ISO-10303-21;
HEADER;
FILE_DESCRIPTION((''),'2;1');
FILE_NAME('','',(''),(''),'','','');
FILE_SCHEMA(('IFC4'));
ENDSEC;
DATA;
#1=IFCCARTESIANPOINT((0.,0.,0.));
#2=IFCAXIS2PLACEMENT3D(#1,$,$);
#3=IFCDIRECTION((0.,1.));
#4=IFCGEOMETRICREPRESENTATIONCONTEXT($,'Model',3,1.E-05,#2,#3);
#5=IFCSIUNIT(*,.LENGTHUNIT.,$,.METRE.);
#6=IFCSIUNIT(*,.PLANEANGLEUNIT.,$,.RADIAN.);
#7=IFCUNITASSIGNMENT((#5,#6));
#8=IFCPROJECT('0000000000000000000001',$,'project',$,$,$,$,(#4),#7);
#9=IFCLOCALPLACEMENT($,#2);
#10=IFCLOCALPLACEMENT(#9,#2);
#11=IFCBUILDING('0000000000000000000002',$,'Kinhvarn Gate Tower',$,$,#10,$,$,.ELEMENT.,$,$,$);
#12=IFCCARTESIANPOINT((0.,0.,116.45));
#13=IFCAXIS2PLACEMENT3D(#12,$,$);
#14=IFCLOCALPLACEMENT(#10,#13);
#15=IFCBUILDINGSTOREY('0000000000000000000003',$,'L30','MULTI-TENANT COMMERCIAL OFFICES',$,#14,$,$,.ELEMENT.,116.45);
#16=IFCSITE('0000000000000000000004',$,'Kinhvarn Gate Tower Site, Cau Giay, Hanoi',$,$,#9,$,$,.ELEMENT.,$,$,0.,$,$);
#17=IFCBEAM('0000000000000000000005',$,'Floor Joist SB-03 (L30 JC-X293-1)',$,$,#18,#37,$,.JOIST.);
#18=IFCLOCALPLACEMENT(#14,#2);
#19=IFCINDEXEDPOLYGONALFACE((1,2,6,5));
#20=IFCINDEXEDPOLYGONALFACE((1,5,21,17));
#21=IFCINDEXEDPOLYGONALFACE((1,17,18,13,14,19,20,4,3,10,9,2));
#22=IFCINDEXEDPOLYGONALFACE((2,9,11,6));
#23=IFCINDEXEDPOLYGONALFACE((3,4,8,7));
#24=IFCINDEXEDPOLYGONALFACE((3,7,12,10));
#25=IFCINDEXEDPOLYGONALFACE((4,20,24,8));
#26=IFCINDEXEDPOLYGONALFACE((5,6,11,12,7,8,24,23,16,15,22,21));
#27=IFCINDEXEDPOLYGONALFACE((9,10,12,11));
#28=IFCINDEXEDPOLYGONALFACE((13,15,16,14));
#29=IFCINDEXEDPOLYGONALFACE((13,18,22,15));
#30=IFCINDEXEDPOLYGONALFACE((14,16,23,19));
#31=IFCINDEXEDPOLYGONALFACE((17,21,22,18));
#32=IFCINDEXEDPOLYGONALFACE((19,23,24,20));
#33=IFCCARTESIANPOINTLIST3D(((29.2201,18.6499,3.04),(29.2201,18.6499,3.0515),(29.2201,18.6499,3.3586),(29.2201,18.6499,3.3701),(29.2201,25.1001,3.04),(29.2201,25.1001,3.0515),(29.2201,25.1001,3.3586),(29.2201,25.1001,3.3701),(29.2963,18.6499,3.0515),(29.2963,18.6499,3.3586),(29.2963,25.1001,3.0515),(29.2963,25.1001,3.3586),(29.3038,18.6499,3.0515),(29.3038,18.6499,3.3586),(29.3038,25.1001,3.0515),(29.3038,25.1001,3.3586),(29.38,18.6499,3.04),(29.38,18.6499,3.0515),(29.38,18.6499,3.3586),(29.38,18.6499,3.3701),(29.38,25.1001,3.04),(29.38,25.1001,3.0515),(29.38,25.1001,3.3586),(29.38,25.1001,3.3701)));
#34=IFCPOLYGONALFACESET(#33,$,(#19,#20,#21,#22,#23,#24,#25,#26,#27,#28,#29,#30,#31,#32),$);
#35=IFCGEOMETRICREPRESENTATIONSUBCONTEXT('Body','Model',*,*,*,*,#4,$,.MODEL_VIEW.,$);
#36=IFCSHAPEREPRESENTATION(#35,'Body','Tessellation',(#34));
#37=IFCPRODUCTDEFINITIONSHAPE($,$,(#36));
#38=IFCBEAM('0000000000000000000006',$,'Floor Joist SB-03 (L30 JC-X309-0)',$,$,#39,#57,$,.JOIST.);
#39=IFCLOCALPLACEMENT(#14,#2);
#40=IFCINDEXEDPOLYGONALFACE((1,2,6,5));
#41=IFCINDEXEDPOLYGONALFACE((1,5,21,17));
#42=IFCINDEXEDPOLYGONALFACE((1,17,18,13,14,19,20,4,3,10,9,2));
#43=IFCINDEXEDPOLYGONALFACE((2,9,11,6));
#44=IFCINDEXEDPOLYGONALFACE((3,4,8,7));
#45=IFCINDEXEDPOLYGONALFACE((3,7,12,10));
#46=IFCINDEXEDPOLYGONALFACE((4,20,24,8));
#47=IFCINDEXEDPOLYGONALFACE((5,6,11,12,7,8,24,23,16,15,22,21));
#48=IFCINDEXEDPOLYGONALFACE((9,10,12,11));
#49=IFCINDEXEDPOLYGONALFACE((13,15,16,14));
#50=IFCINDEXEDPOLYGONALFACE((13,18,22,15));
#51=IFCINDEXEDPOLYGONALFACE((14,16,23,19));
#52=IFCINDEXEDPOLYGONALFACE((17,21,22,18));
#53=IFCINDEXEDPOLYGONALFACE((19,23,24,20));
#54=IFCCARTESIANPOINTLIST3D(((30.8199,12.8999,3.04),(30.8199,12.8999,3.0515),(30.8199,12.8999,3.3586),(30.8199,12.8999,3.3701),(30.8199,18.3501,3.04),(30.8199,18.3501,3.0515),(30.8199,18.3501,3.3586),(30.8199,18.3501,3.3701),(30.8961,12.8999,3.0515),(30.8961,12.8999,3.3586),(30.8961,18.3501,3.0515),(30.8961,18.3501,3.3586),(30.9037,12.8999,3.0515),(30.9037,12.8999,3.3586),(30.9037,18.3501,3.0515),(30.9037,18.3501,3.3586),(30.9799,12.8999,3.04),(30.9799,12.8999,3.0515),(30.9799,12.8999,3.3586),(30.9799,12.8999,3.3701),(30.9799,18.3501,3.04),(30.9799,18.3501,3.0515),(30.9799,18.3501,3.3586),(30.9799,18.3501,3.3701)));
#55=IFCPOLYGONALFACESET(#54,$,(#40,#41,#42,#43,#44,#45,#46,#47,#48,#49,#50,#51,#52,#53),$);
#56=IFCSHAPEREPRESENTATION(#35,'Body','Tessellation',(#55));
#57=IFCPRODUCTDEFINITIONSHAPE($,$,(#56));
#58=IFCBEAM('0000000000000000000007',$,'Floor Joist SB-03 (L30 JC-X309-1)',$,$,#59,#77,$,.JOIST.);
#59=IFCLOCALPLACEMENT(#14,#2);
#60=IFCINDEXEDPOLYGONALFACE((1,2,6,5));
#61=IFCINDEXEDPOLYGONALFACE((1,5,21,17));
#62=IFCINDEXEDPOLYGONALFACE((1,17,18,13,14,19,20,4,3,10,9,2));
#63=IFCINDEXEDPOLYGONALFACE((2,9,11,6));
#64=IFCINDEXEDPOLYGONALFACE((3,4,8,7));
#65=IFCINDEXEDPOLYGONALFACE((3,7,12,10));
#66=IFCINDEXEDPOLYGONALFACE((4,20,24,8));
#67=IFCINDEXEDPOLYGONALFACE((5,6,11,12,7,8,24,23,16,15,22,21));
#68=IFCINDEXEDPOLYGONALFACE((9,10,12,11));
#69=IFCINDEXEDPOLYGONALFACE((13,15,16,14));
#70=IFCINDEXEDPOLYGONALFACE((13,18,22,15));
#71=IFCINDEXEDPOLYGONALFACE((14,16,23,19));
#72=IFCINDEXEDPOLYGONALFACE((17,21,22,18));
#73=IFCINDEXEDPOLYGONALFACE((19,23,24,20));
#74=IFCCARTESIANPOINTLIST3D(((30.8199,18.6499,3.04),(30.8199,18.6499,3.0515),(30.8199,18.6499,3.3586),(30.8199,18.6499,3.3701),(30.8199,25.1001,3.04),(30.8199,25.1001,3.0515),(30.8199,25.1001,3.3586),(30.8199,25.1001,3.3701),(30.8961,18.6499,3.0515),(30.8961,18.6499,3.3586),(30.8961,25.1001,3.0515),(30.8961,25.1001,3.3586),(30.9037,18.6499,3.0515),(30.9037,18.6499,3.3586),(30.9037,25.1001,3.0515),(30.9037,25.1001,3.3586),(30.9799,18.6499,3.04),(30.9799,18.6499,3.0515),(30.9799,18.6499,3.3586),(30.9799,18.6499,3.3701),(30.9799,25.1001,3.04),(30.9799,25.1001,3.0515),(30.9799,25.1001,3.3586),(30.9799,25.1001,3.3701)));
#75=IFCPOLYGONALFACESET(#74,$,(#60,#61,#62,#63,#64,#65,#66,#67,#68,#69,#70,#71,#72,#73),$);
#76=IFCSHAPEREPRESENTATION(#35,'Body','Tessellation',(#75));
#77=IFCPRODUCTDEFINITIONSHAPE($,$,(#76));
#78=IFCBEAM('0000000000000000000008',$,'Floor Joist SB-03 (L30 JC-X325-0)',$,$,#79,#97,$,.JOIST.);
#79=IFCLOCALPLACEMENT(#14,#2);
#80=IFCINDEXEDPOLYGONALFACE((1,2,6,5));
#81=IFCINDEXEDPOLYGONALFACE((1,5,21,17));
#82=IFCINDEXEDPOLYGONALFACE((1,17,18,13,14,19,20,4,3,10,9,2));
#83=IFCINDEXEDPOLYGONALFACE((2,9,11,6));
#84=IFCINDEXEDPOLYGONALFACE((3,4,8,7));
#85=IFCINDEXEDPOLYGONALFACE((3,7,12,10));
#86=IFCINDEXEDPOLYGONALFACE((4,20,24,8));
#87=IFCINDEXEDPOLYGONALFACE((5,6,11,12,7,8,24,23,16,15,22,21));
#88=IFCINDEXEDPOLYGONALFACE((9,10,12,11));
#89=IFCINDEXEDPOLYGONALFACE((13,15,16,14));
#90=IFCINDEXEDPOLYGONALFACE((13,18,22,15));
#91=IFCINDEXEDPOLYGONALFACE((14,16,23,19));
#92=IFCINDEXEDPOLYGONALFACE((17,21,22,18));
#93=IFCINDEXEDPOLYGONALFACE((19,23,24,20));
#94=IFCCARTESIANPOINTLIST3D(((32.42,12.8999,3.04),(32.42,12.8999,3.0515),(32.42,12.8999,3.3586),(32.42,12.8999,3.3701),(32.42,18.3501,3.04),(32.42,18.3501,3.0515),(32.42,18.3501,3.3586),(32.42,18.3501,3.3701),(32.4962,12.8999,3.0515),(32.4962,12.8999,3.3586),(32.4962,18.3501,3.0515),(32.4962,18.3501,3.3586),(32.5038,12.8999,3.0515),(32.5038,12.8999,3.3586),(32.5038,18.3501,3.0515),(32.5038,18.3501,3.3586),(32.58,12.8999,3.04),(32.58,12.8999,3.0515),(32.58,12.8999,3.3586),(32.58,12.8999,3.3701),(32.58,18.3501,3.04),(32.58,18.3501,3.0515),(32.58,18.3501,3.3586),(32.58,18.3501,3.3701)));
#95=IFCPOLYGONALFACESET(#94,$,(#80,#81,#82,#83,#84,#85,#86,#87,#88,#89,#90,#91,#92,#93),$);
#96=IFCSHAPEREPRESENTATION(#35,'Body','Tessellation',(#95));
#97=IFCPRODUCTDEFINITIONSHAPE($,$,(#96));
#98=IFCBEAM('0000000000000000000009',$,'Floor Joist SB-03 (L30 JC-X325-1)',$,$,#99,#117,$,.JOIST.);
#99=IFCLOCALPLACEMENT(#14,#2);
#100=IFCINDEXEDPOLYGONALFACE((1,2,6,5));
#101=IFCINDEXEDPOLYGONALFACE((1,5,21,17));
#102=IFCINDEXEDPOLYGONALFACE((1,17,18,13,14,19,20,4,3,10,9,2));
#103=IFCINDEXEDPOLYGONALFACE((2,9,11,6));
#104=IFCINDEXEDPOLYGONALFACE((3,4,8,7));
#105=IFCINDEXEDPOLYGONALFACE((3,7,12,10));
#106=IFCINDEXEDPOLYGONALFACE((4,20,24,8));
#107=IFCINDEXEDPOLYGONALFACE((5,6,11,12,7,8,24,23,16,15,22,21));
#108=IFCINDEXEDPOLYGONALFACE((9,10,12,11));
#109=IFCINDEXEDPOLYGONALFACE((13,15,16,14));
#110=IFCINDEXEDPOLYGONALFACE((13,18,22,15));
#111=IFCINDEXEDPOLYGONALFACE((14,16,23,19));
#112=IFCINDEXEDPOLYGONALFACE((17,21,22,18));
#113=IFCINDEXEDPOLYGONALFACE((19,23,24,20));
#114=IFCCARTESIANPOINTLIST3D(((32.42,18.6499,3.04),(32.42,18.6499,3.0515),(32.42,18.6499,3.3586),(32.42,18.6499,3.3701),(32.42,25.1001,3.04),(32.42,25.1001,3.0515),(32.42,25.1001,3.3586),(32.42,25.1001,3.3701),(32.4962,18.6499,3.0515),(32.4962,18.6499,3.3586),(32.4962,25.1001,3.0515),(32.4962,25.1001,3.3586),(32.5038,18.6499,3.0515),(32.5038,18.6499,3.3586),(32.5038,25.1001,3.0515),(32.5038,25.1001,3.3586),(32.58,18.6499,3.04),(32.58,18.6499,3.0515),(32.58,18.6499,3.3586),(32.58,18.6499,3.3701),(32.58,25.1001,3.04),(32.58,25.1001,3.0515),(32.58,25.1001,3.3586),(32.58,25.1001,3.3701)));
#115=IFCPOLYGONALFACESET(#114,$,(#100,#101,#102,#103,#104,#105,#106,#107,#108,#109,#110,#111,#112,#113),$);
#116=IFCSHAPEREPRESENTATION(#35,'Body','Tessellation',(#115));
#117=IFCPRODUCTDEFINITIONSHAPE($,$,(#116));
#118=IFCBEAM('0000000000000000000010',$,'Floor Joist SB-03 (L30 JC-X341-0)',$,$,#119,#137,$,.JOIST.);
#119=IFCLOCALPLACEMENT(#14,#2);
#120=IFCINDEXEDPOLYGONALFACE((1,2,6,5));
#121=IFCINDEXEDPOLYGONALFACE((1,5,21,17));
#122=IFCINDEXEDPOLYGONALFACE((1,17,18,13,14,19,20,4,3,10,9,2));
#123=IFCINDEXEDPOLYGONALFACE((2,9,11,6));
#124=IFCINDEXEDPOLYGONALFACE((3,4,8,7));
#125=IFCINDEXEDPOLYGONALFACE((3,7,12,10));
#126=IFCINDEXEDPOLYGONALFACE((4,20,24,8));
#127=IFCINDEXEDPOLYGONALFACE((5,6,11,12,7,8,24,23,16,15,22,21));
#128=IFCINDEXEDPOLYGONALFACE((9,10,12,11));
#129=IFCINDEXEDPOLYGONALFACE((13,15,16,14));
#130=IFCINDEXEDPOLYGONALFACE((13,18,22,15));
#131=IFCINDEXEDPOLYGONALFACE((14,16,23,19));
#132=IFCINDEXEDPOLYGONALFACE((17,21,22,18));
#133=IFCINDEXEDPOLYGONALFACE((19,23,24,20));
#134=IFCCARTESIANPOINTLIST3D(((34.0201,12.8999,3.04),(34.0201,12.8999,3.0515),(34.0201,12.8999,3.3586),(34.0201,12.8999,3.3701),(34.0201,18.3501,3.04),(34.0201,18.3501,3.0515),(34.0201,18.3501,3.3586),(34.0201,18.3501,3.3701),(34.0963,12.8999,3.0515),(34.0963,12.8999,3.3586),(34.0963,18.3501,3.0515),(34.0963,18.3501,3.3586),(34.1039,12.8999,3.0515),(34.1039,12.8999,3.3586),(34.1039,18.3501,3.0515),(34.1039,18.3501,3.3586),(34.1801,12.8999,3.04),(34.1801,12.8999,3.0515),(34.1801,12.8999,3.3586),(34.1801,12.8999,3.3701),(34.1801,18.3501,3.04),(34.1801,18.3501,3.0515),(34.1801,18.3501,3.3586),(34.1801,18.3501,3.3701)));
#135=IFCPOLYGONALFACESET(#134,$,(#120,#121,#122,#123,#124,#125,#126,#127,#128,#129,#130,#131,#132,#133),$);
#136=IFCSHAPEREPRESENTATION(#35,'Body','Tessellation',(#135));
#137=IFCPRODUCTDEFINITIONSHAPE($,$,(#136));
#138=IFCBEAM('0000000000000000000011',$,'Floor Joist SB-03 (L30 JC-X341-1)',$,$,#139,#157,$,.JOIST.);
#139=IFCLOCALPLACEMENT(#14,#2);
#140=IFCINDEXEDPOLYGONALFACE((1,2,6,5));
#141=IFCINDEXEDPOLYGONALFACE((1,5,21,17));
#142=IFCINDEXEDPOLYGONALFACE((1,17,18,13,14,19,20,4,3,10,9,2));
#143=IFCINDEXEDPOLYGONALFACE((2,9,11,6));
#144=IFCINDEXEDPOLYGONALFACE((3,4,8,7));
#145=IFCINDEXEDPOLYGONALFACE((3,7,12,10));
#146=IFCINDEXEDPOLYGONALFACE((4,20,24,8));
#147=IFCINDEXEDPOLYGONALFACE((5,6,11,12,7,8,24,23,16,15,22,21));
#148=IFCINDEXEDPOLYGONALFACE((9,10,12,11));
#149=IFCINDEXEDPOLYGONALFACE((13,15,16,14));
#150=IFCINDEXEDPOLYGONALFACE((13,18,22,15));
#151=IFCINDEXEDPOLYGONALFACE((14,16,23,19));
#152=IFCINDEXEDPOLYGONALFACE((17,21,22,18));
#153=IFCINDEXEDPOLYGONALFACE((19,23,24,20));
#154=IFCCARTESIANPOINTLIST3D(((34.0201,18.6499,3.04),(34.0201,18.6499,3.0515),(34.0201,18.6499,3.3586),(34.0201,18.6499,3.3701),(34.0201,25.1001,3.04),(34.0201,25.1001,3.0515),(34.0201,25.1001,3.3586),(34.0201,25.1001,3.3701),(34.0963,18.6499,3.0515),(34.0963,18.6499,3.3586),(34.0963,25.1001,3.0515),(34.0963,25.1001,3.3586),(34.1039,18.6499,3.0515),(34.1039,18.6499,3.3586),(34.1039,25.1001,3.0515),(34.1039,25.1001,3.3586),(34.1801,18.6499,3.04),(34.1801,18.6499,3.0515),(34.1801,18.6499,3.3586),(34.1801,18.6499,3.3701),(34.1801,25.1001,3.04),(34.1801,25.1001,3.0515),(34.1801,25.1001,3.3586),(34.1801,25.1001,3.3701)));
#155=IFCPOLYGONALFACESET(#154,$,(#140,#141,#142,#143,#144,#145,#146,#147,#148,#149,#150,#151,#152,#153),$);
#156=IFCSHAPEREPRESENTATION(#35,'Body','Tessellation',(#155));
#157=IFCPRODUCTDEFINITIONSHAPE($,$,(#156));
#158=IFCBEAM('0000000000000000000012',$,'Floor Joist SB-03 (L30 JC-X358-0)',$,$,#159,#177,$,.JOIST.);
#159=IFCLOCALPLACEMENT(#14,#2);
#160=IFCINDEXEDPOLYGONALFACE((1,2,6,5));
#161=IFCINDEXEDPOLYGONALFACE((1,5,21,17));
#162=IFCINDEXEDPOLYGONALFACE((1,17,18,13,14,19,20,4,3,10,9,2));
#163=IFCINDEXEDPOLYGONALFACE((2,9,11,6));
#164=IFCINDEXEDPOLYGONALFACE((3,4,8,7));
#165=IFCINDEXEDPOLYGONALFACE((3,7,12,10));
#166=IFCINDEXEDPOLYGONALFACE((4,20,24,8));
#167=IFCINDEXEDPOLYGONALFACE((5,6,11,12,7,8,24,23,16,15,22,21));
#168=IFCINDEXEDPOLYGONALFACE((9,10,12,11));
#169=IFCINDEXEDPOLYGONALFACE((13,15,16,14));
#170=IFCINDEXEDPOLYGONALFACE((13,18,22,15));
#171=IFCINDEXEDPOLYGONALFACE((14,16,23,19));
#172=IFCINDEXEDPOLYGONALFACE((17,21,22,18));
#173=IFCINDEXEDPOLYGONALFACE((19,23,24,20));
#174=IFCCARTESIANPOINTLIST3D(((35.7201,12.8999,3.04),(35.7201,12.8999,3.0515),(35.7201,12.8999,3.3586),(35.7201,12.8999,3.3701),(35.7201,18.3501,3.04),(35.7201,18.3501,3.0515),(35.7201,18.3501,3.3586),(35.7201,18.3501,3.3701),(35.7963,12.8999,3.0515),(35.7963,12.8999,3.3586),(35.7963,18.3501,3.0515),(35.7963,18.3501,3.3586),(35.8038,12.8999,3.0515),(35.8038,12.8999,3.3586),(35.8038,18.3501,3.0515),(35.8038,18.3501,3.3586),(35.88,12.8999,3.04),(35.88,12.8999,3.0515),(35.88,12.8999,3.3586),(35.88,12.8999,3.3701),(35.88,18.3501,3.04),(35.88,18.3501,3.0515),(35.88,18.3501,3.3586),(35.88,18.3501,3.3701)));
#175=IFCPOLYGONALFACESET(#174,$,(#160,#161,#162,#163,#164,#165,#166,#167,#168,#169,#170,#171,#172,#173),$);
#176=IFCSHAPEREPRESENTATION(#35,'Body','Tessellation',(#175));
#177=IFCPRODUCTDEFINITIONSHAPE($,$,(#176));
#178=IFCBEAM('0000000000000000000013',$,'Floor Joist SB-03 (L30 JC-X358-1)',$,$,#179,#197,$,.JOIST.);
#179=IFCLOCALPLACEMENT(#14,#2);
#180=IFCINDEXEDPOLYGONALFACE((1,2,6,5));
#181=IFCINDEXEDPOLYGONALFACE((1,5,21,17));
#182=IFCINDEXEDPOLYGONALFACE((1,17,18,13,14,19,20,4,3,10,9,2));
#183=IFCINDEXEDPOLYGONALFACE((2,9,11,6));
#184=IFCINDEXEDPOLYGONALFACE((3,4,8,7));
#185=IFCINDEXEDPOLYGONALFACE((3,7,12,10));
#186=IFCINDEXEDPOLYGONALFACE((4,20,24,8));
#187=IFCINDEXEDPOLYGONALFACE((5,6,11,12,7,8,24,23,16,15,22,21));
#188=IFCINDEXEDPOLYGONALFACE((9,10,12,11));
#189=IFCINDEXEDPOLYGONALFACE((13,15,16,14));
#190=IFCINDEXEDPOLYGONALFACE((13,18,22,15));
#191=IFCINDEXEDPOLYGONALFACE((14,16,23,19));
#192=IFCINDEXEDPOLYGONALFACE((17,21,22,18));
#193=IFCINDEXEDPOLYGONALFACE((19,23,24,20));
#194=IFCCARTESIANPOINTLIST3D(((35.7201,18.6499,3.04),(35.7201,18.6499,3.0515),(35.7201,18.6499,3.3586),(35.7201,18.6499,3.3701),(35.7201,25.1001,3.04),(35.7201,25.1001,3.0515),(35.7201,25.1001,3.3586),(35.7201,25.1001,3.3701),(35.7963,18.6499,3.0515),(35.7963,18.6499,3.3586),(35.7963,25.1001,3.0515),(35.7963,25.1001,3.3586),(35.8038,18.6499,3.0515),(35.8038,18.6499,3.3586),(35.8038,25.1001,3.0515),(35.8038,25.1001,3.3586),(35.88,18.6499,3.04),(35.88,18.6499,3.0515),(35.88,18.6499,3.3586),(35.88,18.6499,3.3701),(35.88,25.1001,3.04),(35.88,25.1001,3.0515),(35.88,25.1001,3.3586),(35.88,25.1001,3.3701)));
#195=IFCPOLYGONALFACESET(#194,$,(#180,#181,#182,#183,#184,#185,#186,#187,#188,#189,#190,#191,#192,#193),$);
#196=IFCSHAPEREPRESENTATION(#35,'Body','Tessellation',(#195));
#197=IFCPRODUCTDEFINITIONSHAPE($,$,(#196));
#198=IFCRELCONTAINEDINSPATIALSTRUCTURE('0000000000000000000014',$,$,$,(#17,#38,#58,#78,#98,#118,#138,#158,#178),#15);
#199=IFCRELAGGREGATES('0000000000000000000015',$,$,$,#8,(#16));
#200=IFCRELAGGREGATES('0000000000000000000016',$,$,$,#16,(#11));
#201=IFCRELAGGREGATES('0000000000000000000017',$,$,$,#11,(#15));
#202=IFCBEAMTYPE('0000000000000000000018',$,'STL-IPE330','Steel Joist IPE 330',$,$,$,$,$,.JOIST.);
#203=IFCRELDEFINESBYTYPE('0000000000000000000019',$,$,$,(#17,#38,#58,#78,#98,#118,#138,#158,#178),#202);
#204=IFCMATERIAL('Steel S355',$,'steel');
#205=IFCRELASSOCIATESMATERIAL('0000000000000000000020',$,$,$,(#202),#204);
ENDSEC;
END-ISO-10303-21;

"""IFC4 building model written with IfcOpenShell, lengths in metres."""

from ifc_helpers import new_model, si_unit, direction, frame, origin, origin_2d, place, context, subcontext, project, spatial, i_section, extrude, material, material_profile, profile_set, type_object, element, save


model = new_model("IFC4")

# Units and contexts
model_context = context("Model", 3, precision=1e-05, world=origin(), true_north=direction((0.0, 1.0)))
body_context = subcontext(model_context, "Body", "Model", "MODEL_VIEW")
ifc_project = project(units=[si_unit("LENGTHUNIT", "METRE"), si_unit("PLANEANGLEUNIT", "RADIAN")], contexts=[model_context])

# Site, building, storey
site_placement = place(None, origin())
site = spatial("IfcSite", under=ifc_project, at=site_placement, Name="Kinhvarn Gate Tower Site, Cau Giay, Hanoi", CompositionType="ELEMENT", RefElevation=0.0)
building_placement = place(site_placement, origin())
building = spatial("IfcBuilding", under=site, at=building_placement, Name="Kinhvarn Gate Tower", CompositionType="ELEMENT")
storey_placement = place(building_placement, frame((0.0, 0.0, 116.45)))
storey = spatial("IfcBuildingStorey", under=building, at=storey_placement, Name="L30", Description="MULTI-TENANT COMMERCIAL OFFICES", CompositionType="ELEMENT", Elevation=116.45)

# Beams
ifc_material_1 = material(Name="Steel S355", Category="steel")
ifc_material_profile_1 = material_profile(ifc_material_1, i_section(OverallWidth=0.1599, OverallDepth=0.3301, WebThickness=0.0076, FlangeThickness=0.0115, at=origin_2d()), Name="IPE 330")
ifc_profile_set_1 = profile_set([ifc_material_profile_1], Name="Steel S355")
beam_type_1 = type_object("IfcBeamType", Name="STL-IPE330", Description="Steel Joist IPE 330", PredefinedType="JOIST", material=ifc_profile_set_1)
beam_1_placement = place(storey_placement, frame((29.3, 18.6499, 3.2051), z_axis=(0.0, 1.0, 0.0), x_axis=(-1.0, 0.0, 0.0)))
element("IfcBeam", 1, at=beam_1_placement, inside=storey, type_object=beam_type_1, Name="Floor Joist SB-03 (L30 JC-X293-1)", PredefinedType="JOIST", context=body_context, shape_type="SweptSolid", body=[
    extrude(i_section(OverallWidth=0.1599, OverallDepth=0.3301, WebThickness=0.0076, FlangeThickness=0.0115, at=origin_2d()), origin(), (0.0, 0.0, 1.0), 6.4502),
])
beam_2_placement = place(storey_placement, frame((30.8999, 12.8999, 3.2051), z_axis=(0.0, 1.0, 0.0), x_axis=(-1.0, 0.0, 0.0)))
element("IfcBeam", 2, at=beam_2_placement, inside=storey, type_object=beam_type_1, Name="Floor Joist SB-03 (L30 JC-X309-0)", PredefinedType="JOIST", context=body_context, shape_type="SweptSolid", body=[
    extrude(i_section(OverallWidth=0.1599, OverallDepth=0.3301, WebThickness=0.0076, FlangeThickness=0.0115, at=origin_2d()), origin(), (0.0, 0.0, 1.0), 5.4502),
])
beam_3_placement = place(storey_placement, frame((30.8999, 18.6499, 3.2051), z_axis=(0.0, 1.0, 0.0), x_axis=(-1.0, 0.0, 0.0)))
element("IfcBeam", 3, at=beam_3_placement, inside=storey, type_object=beam_type_1, Name="Floor Joist SB-03 (L30 JC-X309-1)", PredefinedType="JOIST", context=body_context, shape_type="SweptSolid", body=[
    extrude(i_section(OverallWidth=0.1599, OverallDepth=0.3301, WebThickness=0.0076, FlangeThickness=0.0115, at=origin_2d()), origin(), (0.0, 0.0, 1.0), 6.4502),
])
beam_4_placement = place(storey_placement, frame((32.5, 12.8999, 3.2051), z_axis=(0.0, 1.0, 0.0), x_axis=(-1.0, 0.0, 0.0)))
element("IfcBeam", 4, at=beam_4_placement, inside=storey, type_object=beam_type_1, Name="Floor Joist SB-03 (L30 JC-X325-0)", PredefinedType="JOIST", context=body_context, shape_type="SweptSolid", body=[
    extrude(i_section(OverallWidth=0.1599, OverallDepth=0.3301, WebThickness=0.0076, FlangeThickness=0.0115, at=origin_2d()), origin(), (0.0, 0.0, 1.0), 5.4502),
])
beam_5_placement = place(storey_placement, frame((32.5, 18.6499, 3.2051), z_axis=(0.0, 1.0, 0.0), x_axis=(-1.0, 0.0, 0.0)))
element("IfcBeam", 5, at=beam_5_placement, inside=storey, type_object=beam_type_1, Name="Floor Joist SB-03 (L30 JC-X325-1)", PredefinedType="JOIST", context=body_context, shape_type="SweptSolid", body=[
    extrude(i_section(OverallWidth=0.1599, OverallDepth=0.3301, WebThickness=0.0076, FlangeThickness=0.0115, at=origin_2d()), origin(), (0.0, 0.0, 1.0), 6.4502),
])
beam_6_placement = place(storey_placement, frame((34.1001, 12.8999, 3.2051), z_axis=(0.0, 1.0, 0.0), x_axis=(-1.0, 0.0, 0.0)))
element("IfcBeam", 6, at=beam_6_placement, inside=storey, type_object=beam_type_1, Name="Floor Joist SB-03 (L30 JC-X341-0)", PredefinedType="JOIST", context=body_context, shape_type="SweptSolid", body=[
    extrude(i_section(OverallWidth=0.1599, OverallDepth=0.3301, WebThickness=0.0076, FlangeThickness=0.0115, at=origin_2d()), origin(), (0.0, 0.0, 1.0), 5.4502),
])
beam_7_placement = place(storey_placement, frame((34.1001, 18.6499, 3.2051), z_axis=(0.0, 1.0, 0.0), x_axis=(-1.0, 0.0, 0.0)))
element("IfcBeam", 7, at=beam_7_placement, inside=storey, type_object=beam_type_1, Name="Floor Joist SB-03 (L30 JC-X341-1)", PredefinedType="JOIST", context=body_context, shape_type="SweptSolid", body=[
    extrude(i_section(OverallWidth=0.1599, OverallDepth=0.3301, WebThickness=0.0076, FlangeThickness=0.0115, at=origin_2d()), origin(), (0.0, 0.0, 1.0), 6.4502),
])
beam_8_placement = place(storey_placement, frame((35.8, 12.8999, 3.2051), z_axis=(0.0, 1.0, 0.0), x_axis=(-1.0, 0.0, 0.0)))
element("IfcBeam", 8, at=beam_8_placement, inside=storey, type_object=beam_type_1, Name="Floor Joist SB-03 (L30 JC-X358-0)", PredefinedType="JOIST", context=body_context, shape_type="SweptSolid", body=[
    extrude(i_section(OverallWidth=0.1599, OverallDepth=0.3301, WebThickness=0.0076, FlangeThickness=0.0115, at=origin_2d()), origin(), (0.0, 0.0, 1.0), 5.4502),
])
beam_9_placement = place(storey_placement, frame((35.8, 18.6499, 3.2051), z_axis=(0.0, 1.0, 0.0), x_axis=(-1.0, 0.0, 0.0)))
element("IfcBeam", 9, at=beam_9_placement, inside=storey, type_object=beam_type_1, Name="Floor Joist SB-03 (L30 JC-X358-1)", PredefinedType="JOIST", context=body_context, shape_type="SweptSolid", body=[
    extrude(i_section(OverallWidth=0.1599, OverallDepth=0.3301, WebThickness=0.0076, FlangeThickness=0.0115, at=origin_2d()), origin(), (0.0, 0.0, 1.0), 6.4502),
])

save(model, "model.ifc")
